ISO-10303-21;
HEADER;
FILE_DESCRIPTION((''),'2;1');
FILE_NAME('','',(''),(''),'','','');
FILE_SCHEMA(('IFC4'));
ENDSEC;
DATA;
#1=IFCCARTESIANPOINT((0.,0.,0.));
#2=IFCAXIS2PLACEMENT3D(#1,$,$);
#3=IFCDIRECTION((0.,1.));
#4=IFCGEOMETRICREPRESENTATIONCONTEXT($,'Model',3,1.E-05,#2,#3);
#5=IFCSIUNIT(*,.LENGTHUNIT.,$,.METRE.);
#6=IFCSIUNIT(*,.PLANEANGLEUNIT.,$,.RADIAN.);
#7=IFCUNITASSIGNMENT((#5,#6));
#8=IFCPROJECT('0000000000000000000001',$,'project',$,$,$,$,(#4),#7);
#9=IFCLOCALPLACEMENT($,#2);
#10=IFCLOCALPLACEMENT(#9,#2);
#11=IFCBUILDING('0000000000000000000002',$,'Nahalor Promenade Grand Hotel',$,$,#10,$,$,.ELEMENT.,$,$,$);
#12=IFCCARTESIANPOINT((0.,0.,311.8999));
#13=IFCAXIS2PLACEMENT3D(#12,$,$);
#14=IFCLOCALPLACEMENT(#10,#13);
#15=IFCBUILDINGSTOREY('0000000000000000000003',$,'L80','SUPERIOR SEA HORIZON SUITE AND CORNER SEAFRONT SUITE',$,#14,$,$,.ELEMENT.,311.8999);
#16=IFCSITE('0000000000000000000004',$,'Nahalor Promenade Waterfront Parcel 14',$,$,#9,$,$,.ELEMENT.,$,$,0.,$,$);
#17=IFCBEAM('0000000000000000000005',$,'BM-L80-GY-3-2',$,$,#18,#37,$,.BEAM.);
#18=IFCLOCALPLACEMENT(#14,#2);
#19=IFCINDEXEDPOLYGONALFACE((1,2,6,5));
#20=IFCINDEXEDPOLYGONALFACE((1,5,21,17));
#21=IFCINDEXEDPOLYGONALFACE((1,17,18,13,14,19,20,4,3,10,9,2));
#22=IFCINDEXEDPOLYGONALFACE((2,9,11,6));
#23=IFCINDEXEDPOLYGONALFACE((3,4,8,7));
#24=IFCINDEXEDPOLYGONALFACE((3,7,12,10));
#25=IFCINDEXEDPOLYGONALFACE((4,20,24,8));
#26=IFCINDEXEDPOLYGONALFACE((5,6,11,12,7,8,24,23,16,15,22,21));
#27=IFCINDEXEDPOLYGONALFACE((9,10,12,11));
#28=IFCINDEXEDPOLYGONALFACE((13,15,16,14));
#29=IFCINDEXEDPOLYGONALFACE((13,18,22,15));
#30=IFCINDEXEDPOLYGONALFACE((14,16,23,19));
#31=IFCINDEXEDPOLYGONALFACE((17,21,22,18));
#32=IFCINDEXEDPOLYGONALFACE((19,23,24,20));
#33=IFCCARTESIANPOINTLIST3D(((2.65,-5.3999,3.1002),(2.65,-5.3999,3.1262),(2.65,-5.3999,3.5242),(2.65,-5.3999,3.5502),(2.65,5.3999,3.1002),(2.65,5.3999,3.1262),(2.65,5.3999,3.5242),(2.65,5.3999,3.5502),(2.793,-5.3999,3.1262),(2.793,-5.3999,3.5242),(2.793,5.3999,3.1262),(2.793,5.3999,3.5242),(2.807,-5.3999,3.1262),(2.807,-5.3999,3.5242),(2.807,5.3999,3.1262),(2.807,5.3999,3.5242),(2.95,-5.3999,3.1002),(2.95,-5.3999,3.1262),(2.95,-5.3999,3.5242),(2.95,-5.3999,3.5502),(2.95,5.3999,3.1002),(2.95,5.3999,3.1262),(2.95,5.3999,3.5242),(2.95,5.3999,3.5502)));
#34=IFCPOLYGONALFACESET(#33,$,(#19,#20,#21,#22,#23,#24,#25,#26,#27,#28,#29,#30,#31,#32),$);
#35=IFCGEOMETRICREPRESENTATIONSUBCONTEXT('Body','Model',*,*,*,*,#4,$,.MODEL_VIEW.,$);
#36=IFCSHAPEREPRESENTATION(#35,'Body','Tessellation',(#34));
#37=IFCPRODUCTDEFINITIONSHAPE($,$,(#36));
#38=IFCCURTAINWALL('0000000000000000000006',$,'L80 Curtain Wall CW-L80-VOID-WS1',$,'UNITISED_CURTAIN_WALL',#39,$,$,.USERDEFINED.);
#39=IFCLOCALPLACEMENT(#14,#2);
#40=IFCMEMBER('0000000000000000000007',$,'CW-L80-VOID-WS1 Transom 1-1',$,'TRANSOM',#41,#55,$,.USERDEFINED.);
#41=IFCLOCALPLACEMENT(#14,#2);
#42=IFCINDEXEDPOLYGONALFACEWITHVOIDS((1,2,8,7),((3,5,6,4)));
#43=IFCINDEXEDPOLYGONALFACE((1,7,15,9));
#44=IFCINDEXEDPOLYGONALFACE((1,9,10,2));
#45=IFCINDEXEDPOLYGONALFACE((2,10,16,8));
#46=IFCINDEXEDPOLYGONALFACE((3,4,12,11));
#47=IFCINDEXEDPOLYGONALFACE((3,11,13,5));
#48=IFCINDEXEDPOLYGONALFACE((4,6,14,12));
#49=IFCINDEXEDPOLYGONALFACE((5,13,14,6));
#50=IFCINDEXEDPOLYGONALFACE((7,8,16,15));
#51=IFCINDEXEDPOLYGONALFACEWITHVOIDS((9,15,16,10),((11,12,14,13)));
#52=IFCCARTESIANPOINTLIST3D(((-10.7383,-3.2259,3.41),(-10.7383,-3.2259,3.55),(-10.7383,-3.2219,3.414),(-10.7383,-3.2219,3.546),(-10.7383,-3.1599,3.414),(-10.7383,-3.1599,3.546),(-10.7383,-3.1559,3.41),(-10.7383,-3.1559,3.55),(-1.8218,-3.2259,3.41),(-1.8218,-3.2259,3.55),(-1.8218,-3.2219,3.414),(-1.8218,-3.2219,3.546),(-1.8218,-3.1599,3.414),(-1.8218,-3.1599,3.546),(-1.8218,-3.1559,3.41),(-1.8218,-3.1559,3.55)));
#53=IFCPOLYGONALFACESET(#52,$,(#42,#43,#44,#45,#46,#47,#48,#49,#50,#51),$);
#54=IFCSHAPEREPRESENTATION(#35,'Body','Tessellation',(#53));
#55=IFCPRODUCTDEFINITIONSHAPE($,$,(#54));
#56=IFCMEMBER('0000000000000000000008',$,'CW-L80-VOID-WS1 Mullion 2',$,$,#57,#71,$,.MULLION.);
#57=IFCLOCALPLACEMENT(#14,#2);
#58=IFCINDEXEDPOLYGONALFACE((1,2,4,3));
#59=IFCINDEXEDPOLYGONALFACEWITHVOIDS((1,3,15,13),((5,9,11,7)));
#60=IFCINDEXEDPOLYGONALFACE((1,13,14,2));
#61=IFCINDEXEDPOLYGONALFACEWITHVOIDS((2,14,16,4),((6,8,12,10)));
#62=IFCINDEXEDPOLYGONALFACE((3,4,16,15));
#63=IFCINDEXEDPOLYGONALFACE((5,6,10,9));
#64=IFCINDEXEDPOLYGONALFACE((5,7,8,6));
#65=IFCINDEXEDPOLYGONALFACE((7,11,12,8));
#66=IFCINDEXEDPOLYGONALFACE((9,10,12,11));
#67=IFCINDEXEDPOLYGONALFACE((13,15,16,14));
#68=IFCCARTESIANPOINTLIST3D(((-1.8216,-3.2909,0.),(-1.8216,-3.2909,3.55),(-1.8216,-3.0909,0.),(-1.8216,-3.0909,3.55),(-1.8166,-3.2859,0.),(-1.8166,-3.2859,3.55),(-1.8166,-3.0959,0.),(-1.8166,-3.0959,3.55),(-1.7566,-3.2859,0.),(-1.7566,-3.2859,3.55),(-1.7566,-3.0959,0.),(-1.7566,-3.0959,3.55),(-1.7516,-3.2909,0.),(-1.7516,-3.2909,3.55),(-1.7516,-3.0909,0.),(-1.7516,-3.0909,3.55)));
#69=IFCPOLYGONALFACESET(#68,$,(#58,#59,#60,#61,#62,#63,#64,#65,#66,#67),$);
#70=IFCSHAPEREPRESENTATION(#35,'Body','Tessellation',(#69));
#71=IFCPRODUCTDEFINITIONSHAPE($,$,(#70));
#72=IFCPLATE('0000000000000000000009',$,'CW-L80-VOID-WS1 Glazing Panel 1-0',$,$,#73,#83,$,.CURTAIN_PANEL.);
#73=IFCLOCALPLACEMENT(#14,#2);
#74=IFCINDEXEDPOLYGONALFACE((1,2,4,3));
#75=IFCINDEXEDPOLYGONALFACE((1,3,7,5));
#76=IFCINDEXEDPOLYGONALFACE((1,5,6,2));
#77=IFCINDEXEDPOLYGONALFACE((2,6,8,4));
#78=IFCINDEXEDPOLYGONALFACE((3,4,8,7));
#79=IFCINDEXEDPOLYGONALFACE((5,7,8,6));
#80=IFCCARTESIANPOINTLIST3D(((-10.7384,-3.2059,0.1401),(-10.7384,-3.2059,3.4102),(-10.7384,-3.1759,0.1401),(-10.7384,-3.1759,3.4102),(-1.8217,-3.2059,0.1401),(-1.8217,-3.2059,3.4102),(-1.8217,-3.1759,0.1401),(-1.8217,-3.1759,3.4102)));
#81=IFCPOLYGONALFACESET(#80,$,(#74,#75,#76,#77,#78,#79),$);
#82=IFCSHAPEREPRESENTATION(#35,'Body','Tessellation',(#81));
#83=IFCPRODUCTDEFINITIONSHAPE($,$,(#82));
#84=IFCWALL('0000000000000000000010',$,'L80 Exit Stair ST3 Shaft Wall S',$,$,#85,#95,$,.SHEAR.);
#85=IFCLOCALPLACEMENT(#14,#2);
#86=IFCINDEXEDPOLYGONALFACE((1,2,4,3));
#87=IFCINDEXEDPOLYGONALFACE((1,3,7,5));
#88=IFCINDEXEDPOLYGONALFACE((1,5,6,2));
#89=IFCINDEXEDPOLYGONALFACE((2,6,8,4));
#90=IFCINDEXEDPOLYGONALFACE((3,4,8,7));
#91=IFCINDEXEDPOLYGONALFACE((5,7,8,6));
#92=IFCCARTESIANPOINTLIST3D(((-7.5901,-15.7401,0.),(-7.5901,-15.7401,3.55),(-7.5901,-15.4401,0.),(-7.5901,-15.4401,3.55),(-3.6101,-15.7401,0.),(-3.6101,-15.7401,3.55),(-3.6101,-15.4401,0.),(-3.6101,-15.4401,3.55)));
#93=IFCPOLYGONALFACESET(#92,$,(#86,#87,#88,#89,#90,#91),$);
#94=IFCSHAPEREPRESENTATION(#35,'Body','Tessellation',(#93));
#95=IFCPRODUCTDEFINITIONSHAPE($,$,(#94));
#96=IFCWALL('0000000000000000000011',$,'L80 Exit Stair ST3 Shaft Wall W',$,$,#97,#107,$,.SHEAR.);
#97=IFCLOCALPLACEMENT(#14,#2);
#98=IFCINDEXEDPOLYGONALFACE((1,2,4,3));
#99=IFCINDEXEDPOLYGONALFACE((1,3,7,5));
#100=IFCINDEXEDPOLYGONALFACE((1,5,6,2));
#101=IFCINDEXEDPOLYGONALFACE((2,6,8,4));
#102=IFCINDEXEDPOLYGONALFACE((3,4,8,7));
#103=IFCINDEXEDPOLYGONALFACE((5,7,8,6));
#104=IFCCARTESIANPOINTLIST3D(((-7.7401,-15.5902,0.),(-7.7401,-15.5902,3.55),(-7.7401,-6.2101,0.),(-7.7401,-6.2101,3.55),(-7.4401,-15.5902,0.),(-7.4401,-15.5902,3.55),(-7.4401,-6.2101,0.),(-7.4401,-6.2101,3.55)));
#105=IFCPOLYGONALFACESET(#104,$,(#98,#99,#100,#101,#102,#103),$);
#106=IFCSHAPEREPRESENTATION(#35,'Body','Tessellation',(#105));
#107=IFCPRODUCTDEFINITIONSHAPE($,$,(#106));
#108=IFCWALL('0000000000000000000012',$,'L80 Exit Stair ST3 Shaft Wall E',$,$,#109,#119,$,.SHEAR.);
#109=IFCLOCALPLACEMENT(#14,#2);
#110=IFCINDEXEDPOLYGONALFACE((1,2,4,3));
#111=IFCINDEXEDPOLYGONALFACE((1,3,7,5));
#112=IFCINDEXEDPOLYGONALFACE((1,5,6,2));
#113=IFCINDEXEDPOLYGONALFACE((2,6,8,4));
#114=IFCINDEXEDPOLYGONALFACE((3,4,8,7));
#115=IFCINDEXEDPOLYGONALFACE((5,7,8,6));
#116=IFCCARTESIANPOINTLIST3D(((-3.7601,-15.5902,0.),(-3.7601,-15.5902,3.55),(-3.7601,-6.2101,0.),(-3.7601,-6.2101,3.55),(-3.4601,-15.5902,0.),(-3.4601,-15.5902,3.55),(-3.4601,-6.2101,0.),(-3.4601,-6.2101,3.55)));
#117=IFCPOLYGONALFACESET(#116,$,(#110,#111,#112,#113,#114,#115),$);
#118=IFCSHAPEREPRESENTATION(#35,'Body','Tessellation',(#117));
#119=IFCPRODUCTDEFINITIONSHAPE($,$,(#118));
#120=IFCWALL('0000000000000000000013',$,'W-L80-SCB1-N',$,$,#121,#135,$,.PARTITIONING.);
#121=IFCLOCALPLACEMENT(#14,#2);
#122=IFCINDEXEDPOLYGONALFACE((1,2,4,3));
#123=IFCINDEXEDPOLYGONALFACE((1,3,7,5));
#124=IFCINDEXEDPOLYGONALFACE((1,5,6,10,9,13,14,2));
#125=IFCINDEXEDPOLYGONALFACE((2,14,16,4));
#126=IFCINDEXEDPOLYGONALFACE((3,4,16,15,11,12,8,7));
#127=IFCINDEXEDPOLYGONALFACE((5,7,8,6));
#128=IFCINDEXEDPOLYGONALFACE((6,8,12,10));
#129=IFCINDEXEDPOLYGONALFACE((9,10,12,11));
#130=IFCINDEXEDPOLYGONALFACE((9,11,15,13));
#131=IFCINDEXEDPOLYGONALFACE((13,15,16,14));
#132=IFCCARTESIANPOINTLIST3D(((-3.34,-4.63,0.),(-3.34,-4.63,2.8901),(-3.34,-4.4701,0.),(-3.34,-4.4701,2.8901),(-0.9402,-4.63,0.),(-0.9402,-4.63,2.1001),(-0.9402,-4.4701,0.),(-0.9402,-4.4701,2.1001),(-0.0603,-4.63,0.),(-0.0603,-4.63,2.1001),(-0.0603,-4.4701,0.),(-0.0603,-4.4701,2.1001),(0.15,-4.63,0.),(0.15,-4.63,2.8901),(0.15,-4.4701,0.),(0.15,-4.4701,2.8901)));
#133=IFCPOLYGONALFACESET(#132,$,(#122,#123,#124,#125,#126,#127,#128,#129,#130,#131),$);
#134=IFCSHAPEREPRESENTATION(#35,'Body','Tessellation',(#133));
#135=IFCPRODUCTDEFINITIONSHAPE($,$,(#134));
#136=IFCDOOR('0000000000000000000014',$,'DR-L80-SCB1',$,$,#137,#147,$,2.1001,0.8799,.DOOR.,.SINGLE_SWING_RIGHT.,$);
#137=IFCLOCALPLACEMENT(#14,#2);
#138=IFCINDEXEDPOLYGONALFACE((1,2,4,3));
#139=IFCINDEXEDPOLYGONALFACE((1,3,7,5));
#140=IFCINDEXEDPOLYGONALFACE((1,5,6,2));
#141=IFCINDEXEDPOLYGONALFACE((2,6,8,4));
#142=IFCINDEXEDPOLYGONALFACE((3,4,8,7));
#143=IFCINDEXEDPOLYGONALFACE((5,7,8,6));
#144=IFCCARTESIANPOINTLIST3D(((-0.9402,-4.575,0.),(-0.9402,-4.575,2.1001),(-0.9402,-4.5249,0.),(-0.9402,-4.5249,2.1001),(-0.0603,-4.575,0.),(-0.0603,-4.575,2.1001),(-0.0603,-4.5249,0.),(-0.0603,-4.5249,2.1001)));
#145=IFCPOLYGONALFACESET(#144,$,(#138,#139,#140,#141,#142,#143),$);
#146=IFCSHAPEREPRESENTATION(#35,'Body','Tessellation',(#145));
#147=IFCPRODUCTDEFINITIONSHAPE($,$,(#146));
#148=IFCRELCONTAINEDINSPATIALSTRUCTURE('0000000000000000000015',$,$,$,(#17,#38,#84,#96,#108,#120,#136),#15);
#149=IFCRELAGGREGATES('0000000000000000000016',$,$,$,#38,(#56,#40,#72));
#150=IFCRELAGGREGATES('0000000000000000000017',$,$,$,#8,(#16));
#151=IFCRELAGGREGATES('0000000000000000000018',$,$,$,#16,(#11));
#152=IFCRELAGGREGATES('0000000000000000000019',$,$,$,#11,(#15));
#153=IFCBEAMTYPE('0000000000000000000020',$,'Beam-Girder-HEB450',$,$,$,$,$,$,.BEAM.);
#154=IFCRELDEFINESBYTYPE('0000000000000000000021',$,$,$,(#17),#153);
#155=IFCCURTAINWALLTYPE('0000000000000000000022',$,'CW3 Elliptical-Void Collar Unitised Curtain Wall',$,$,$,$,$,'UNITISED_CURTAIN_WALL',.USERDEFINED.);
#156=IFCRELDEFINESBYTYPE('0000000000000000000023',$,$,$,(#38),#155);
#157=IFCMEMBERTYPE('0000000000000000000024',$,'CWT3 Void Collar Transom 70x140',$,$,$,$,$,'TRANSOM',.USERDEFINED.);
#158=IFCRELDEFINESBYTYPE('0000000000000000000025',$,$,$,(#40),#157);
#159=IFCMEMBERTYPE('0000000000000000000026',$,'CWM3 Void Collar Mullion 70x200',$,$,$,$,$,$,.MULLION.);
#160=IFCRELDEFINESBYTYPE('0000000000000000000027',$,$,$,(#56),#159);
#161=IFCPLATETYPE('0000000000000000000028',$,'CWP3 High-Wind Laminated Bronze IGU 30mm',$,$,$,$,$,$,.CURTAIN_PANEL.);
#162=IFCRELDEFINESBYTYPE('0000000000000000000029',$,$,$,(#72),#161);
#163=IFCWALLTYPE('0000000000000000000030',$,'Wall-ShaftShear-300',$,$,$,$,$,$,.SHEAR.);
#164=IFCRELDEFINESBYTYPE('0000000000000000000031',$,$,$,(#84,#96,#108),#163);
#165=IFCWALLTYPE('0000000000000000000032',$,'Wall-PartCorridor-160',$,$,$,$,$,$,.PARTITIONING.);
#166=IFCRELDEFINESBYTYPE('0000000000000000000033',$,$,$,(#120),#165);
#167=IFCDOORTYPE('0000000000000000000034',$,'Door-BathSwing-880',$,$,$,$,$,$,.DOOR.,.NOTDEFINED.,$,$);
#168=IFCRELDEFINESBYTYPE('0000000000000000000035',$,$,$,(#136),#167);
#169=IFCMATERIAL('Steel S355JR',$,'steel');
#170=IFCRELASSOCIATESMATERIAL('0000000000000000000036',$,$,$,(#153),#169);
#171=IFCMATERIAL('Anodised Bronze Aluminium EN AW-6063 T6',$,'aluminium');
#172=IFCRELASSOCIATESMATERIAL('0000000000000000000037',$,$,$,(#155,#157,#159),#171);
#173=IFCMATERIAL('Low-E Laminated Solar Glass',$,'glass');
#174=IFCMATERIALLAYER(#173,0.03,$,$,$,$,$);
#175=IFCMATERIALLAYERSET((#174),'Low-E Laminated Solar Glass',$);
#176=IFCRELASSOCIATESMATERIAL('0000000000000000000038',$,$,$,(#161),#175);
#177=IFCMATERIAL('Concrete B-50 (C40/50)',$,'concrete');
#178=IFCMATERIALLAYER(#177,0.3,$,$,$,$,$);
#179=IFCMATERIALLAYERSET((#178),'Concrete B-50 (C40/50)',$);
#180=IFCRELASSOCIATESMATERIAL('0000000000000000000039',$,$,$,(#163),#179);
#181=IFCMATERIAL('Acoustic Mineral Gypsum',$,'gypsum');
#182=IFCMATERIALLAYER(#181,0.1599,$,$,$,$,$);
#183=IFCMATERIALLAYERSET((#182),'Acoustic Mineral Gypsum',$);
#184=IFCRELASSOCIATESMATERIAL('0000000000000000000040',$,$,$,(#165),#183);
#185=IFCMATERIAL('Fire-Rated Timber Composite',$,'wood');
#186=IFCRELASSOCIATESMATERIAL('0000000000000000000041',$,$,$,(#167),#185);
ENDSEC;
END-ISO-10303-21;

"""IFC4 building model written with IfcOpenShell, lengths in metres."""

from ifc_helpers import new_model, si_unit, direction, frame, frame_2d, origin, origin_2d, place, context, subcontext, project, spatial, rectangle, hollow_rectangle, i_section, extrude, source, transform, mapped, material, layer, layer_set, material_profile, profile_set, type_object, element, fill, aggregate, save


model = new_model("IFC4")

# Units and contexts
model_context = context("Model", 3, precision=1e-05, world=origin(), true_north=direction((0.0, 1.0)))
body_context = subcontext(model_context, "Body", "Model", "MODEL_VIEW")
ifc_project = project(units=[si_unit("LENGTHUNIT", "METRE"), si_unit("PLANEANGLEUNIT", "RADIAN")], contexts=[model_context])

# Site, building, storey
site_placement = place(None, origin())
site = spatial("IfcSite", under=ifc_project, at=site_placement, Name="Nahalor Promenade Waterfront Parcel 14", CompositionType="ELEMENT", RefElevation=0.0)
building_placement = place(site_placement, origin())
building = spatial("IfcBuilding", under=site, at=building_placement, Name="Nahalor Promenade Grand Hotel", CompositionType="ELEMENT")
storey_placement = place(building_placement, frame((0.0, 0.0, 311.8999)))
storey = spatial("IfcBuildingStorey", under=building, at=storey_placement, Name="L80", Description="SUPERIOR SEA HORIZON SUITE AND CORNER SEAFRONT SUITE", CompositionType="ELEMENT", Elevation=311.8999)

# Shared definitions
ifc_material_1 = material(Name="Concrete B-50 (C40/50)", Category="concrete")

# Beam
ifc_material_2 = material(Name="Steel S355JR", Category="steel")
ifc_material_profile_1 = material_profile(ifc_material_2, i_section(OverallWidth=0.3, OverallDepth=0.45, WebThickness=0.014, FlangeThickness=0.026, at=origin_2d()), Name="HEB 450")
ifc_profile_set_1 = profile_set([ifc_material_profile_1], Name="Steel S355JR")
beam_type = type_object("IfcBeamType", Name="Beam-Girder-HEB450", PredefinedType="BEAM", material=ifc_profile_set_1)
shared_shape_1 = source(origin(), body_context, "Body", "SweptSolid", [
    extrude(i_section(OverallWidth=0.3, OverallDepth=0.45, WebThickness=0.014, FlangeThickness=0.026, at=origin_2d()), origin(), (0.0, 0.0, 1.0), 10.7998),
])
for number, where, z_axis, x_axis, name in (
    (1, (2.8, -5.3999, 3.3252), (0.0, 1.0, 0.0), (-1.0, 0.0, 0.0), "BM-L80-GY-3-2"),
):
    element("IfcBeam", number, at=place(storey_placement, frame(where, z_axis=z_axis, x_axis=x_axis)), inside=storey, type_object=beam_type, Name=name, PredefinedType="BEAM", context=body_context, shape_type="MappedRepresentation", body=[
        mapped(shared_shape_1, transform((0.0, 0.0, 0.0), scale=1.0)),
    ])

# Curtain wall, members, plate
ifc_material_3 = material(Name="Anodised Bronze Aluminium EN AW-6063 T6", Category="aluminium")
curtain_wall_type = type_object("IfcCurtainWallType", Name="CW3 Elliptical-Void Collar Unitised Curtain Wall", ElementType="UNITISED_CURTAIN_WALL", PredefinedType="USERDEFINED", material=ifc_material_3)
curtain_wall_placement = place(storey_placement, origin())
curtain_wall = element("IfcCurtainWall", 2, at=curtain_wall_placement, inside=storey, type_object=curtain_wall_type, Name="L80 Curtain Wall CW-L80-VOID-WS1", ObjectType="UNITISED_CURTAIN_WALL", PredefinedType="USERDEFINED")
ifc_material_profile_2 = material_profile(ifc_material_3, hollow_rectangle(XDim=0.07, YDim=0.14, WallThickness=0.004, at=origin_2d()), Name="CWT 70x140x4")
ifc_profile_set_2 = profile_set([ifc_material_profile_2], Name="Anodised Bronze Aluminium EN AW-6063 T6")
member_type_1 = type_object("IfcMemberType", Name="CWT3 Void Collar Transom 70x140", ElementType="TRANSOM", PredefinedType="USERDEFINED", material=ifc_profile_set_2)
shared_shape_2 = source(origin(), body_context, "Body", "SweptSolid", [
    extrude(hollow_rectangle(XDim=0.07, YDim=0.14, WallThickness=0.004, at=origin_2d()), origin(), (0.0, 0.0, 1.0), 8.9165),
])
member_1_placement = place(storey_placement, frame((-10.7383, -3.1909, 3.48), z_axis=(1.0, 0.0, 0.0), x_axis=(0.0, 1.0, 0.0)))
member_1 = element("IfcMember", 3, at=member_1_placement, type_object=member_type_1, Name="CW-L80-VOID-WS1 Transom 1-1", ObjectType="TRANSOM", PredefinedType="USERDEFINED", context=body_context, shape_type="MappedRepresentation", body=[
    mapped(shared_shape_2, transform((0.0, 0.0, 0.0), scale=1.0)),
])
ifc_material_profile_3 = material_profile(ifc_material_3, hollow_rectangle(XDim=0.07, YDim=0.2, WallThickness=0.005, at=origin_2d()), Name="CWM 70x200x5")
ifc_profile_set_3 = profile_set([ifc_material_profile_3], Name="Anodised Bronze Aluminium EN AW-6063 T6")
member_type_2 = type_object("IfcMemberType", Name="CWM3 Void Collar Mullion 70x200", PredefinedType="MULLION", material=ifc_profile_set_3)
shared_shape_3 = source(origin(), body_context, "Body", "SweptSolid", [
    extrude(hollow_rectangle(XDim=0.07, YDim=0.2, WallThickness=0.005, at=origin_2d()), origin(), (0.0, 0.0, 1.0), 3.55),
])
member_2_placement = place(storey_placement, frame((-1.7866, -3.1909, 0.0), z_axis=(0.0, 0.0, 1.0), x_axis=(1.0, 0.0, 0.0)))
member_2 = element("IfcMember", 4, at=member_2_placement, type_object=member_type_2, Name="CW-L80-VOID-WS1 Mullion 2", PredefinedType="MULLION", context=body_context, shape_type="MappedRepresentation", body=[
    mapped(shared_shape_3, transform((0.0, 0.0, 0.0), scale=1.0)),
])
ifc_material_4 = material(Name="Low-E Laminated Solar Glass", Category="glass")
ifc_layer_1 = layer(ifc_material_4, 0.03)
ifc_layer_set_1 = layer_set([ifc_layer_1], Name="Low-E Laminated Solar Glass")
plate_type = type_object("IfcPlateType", Name="CWP3 High-Wind Laminated Bronze IGU 30mm", PredefinedType="CURTAIN_PANEL", material=ifc_layer_set_1)
shared_shape_4 = source(origin(), body_context, "Body", "SweptSolid", [
    extrude(rectangle(XDim=8.9167, YDim=0.03, at=origin_2d()), origin(), (0.0, 0.0, 1.0), 3.27),
])
plate_placement = place(storey_placement, frame((-6.28, -3.1909, 0.1401), z_axis=(0.0, 0.0, 1.0), x_axis=(1.0, 0.0, 0.0)))
plate = element("IfcPlate", 5, at=plate_placement, type_object=plate_type, Name="CW-L80-VOID-WS1 Glazing Panel 1-0", PredefinedType="CURTAIN_PANEL", context=body_context, shape_type="MappedRepresentation", body=[
    mapped(shared_shape_4, transform((0.0, 0.0, 0.0), scale=1.0)),
])
aggregate(curtain_wall, [member_2, member_1, plate])

# Wall
ifc_layer_2 = layer(ifc_material_1, 0.3)
ifc_layer_set_2 = layer_set([ifc_layer_2], Name="Concrete B-50 (C40/50)")
wall_type_1 = type_object("IfcWallType", Name="Wall-ShaftShear-300", PredefinedType="SHEAR", material=ifc_layer_set_2)
shared_shape_5 = source(origin(), body_context, "Body", "SweptSolid", [
    extrude(rectangle(XDim=3.98, YDim=0.3, at=frame_2d((1.99, 0.0))), origin(), (0.0, 0.0, 1.0), 3.55),
])
wall_1_placement = place(storey_placement, frame((-7.5901, -15.5901, 0.0), z_axis=(0.0, 0.0, 1.0), x_axis=(1.0, 0.0, 0.0)))
element("IfcWall", 6, at=wall_1_placement, inside=storey, type_object=wall_type_1, Name="L80 Exit Stair ST3 Shaft Wall S", PredefinedType="SHEAR", context=body_context, shape_type="MappedRepresentation", body=[
    mapped(shared_shape_5, transform((0.0, 0.0, 0.0), scale=1.0)),
])

# Walls
shared_shape_6 = source(origin(), body_context, "Body", "SweptSolid", [
    extrude(rectangle(XDim=9.3801, YDim=0.3, at=frame_2d((4.6899, 0.0))), origin(), (0.0, 0.0, 1.0), 3.55),
])
for number, where, z_axis, x_axis, name in (
    (7, (-7.5901, -15.5901, 0.0), (0.0, 0.0, 1.0), (0.0, 1.0, 0.0), "L80 Exit Stair ST3 Shaft Wall W"),
    (8, (-3.6101, -15.5901, 0.0), (0.0, 0.0, 1.0), (0.0, 1.0, 0.0), "L80 Exit Stair ST3 Shaft Wall E"),
):
    element("IfcWall", number, at=place(storey_placement, frame(where, z_axis=z_axis, x_axis=x_axis)), inside=storey, type_object=wall_type_1, Name=name, PredefinedType="SHEAR", context=body_context, shape_type="MappedRepresentation", body=[
        mapped(shared_shape_6, transform((0.0, 0.0, 0.0), scale=1.0)),
    ])

# Wall, opening, door
ifc_material_5 = material(Name="Acoustic Mineral Gypsum", Category="gypsum")
ifc_layer_3 = layer(ifc_material_5, 0.1599)
ifc_layer_set_3 = layer_set([ifc_layer_3], Name="Acoustic Mineral Gypsum")
wall_type_2 = type_object("IfcWallType", Name="Wall-PartCorridor-160", PredefinedType="PARTITIONING", material=ifc_layer_set_3)
shared_shape_7 = source(origin(), body_context, "Body", "SweptSolid", [
    extrude(rectangle(XDim=3.49, YDim=0.1599, at=frame_2d((1.7451, 0.0))), origin(), (0.0, 0.0, 1.0), 2.8901),
])
wall_2_placement = place(storey_placement, frame((-3.3401, -4.55, 0.0), z_axis=(0.0, 0.0, 1.0), x_axis=(1.0, 0.0, 0.0)))
wall_2 = element("IfcWall", 9, at=wall_2_placement, inside=storey, type_object=wall_type_2, Name="W-L80-SCB1-N", PredefinedType="PARTITIONING", context=body_context, shape_type="MappedRepresentation", body=[
    mapped(shared_shape_7, transform((0.0, 0.0, 0.0), scale=1.0)),
])
opening_1_placement = place(wall_2_placement, frame((2.3999, 0.0, 0.0)))
opening_1 = element("IfcOpeningElement", 10, at=opening_1_placement, cuts=wall_2, PredefinedType="OPENING", context=body_context, shape_type="SweptSolid", body=[
    extrude(rectangle(XDim=0.8799, YDim=2.1001, at=frame_2d((0.4399, 1.05))), frame((0.0, 0.0898, 0.0), z_axis=(0.0, -1.0, 0.0), x_axis=(1.0, 0.0, 0.0)), (0.0, 0.0, 1.0), 0.1799),
])
ifc_material_6 = material(Name="Fire-Rated Timber Composite", Category="wood")
door_type_1 = type_object("IfcDoorType", Name="Door-BathSwing-880", OperationType="NOTDEFINED", PredefinedType="DOOR", material=ifc_material_6)
shared_shape_8 = source(origin(), body_context, "Body", "SweptSolid", [
    extrude(rectangle(XDim=0.8799, YDim=2.1001, at=frame_2d((0.4399, 1.05))), frame((0.0, 0.0249, 0.0), z_axis=(0.0, -1.0, 0.0), x_axis=(1.0, 0.0, 0.0)), (0.0, 0.0, 1.0), 0.05),
])
door_1_placement = place(opening_1_placement, frame((0.8799, 0.0, 0.0), z_axis=(0.0, 0.0, 1.0), x_axis=(-1.0, 0.0, 0.0)))
door_1 = element("IfcDoor", 11, at=door_1_placement, inside=storey, type_object=door_type_1, Name="DR-L80-SCB1", OperationType="SINGLE_SWING_RIGHT", OverallHeight=2.1001, OverallWidth=0.8799, PredefinedType="DOOR", context=body_context, shape_type="MappedRepresentation", body=[
    mapped(shared_shape_8, transform((0.0, 0.0, 0.0), scale=1.0)),
])
fill(opening_1, door_1)

save(model, "model.ifc")
